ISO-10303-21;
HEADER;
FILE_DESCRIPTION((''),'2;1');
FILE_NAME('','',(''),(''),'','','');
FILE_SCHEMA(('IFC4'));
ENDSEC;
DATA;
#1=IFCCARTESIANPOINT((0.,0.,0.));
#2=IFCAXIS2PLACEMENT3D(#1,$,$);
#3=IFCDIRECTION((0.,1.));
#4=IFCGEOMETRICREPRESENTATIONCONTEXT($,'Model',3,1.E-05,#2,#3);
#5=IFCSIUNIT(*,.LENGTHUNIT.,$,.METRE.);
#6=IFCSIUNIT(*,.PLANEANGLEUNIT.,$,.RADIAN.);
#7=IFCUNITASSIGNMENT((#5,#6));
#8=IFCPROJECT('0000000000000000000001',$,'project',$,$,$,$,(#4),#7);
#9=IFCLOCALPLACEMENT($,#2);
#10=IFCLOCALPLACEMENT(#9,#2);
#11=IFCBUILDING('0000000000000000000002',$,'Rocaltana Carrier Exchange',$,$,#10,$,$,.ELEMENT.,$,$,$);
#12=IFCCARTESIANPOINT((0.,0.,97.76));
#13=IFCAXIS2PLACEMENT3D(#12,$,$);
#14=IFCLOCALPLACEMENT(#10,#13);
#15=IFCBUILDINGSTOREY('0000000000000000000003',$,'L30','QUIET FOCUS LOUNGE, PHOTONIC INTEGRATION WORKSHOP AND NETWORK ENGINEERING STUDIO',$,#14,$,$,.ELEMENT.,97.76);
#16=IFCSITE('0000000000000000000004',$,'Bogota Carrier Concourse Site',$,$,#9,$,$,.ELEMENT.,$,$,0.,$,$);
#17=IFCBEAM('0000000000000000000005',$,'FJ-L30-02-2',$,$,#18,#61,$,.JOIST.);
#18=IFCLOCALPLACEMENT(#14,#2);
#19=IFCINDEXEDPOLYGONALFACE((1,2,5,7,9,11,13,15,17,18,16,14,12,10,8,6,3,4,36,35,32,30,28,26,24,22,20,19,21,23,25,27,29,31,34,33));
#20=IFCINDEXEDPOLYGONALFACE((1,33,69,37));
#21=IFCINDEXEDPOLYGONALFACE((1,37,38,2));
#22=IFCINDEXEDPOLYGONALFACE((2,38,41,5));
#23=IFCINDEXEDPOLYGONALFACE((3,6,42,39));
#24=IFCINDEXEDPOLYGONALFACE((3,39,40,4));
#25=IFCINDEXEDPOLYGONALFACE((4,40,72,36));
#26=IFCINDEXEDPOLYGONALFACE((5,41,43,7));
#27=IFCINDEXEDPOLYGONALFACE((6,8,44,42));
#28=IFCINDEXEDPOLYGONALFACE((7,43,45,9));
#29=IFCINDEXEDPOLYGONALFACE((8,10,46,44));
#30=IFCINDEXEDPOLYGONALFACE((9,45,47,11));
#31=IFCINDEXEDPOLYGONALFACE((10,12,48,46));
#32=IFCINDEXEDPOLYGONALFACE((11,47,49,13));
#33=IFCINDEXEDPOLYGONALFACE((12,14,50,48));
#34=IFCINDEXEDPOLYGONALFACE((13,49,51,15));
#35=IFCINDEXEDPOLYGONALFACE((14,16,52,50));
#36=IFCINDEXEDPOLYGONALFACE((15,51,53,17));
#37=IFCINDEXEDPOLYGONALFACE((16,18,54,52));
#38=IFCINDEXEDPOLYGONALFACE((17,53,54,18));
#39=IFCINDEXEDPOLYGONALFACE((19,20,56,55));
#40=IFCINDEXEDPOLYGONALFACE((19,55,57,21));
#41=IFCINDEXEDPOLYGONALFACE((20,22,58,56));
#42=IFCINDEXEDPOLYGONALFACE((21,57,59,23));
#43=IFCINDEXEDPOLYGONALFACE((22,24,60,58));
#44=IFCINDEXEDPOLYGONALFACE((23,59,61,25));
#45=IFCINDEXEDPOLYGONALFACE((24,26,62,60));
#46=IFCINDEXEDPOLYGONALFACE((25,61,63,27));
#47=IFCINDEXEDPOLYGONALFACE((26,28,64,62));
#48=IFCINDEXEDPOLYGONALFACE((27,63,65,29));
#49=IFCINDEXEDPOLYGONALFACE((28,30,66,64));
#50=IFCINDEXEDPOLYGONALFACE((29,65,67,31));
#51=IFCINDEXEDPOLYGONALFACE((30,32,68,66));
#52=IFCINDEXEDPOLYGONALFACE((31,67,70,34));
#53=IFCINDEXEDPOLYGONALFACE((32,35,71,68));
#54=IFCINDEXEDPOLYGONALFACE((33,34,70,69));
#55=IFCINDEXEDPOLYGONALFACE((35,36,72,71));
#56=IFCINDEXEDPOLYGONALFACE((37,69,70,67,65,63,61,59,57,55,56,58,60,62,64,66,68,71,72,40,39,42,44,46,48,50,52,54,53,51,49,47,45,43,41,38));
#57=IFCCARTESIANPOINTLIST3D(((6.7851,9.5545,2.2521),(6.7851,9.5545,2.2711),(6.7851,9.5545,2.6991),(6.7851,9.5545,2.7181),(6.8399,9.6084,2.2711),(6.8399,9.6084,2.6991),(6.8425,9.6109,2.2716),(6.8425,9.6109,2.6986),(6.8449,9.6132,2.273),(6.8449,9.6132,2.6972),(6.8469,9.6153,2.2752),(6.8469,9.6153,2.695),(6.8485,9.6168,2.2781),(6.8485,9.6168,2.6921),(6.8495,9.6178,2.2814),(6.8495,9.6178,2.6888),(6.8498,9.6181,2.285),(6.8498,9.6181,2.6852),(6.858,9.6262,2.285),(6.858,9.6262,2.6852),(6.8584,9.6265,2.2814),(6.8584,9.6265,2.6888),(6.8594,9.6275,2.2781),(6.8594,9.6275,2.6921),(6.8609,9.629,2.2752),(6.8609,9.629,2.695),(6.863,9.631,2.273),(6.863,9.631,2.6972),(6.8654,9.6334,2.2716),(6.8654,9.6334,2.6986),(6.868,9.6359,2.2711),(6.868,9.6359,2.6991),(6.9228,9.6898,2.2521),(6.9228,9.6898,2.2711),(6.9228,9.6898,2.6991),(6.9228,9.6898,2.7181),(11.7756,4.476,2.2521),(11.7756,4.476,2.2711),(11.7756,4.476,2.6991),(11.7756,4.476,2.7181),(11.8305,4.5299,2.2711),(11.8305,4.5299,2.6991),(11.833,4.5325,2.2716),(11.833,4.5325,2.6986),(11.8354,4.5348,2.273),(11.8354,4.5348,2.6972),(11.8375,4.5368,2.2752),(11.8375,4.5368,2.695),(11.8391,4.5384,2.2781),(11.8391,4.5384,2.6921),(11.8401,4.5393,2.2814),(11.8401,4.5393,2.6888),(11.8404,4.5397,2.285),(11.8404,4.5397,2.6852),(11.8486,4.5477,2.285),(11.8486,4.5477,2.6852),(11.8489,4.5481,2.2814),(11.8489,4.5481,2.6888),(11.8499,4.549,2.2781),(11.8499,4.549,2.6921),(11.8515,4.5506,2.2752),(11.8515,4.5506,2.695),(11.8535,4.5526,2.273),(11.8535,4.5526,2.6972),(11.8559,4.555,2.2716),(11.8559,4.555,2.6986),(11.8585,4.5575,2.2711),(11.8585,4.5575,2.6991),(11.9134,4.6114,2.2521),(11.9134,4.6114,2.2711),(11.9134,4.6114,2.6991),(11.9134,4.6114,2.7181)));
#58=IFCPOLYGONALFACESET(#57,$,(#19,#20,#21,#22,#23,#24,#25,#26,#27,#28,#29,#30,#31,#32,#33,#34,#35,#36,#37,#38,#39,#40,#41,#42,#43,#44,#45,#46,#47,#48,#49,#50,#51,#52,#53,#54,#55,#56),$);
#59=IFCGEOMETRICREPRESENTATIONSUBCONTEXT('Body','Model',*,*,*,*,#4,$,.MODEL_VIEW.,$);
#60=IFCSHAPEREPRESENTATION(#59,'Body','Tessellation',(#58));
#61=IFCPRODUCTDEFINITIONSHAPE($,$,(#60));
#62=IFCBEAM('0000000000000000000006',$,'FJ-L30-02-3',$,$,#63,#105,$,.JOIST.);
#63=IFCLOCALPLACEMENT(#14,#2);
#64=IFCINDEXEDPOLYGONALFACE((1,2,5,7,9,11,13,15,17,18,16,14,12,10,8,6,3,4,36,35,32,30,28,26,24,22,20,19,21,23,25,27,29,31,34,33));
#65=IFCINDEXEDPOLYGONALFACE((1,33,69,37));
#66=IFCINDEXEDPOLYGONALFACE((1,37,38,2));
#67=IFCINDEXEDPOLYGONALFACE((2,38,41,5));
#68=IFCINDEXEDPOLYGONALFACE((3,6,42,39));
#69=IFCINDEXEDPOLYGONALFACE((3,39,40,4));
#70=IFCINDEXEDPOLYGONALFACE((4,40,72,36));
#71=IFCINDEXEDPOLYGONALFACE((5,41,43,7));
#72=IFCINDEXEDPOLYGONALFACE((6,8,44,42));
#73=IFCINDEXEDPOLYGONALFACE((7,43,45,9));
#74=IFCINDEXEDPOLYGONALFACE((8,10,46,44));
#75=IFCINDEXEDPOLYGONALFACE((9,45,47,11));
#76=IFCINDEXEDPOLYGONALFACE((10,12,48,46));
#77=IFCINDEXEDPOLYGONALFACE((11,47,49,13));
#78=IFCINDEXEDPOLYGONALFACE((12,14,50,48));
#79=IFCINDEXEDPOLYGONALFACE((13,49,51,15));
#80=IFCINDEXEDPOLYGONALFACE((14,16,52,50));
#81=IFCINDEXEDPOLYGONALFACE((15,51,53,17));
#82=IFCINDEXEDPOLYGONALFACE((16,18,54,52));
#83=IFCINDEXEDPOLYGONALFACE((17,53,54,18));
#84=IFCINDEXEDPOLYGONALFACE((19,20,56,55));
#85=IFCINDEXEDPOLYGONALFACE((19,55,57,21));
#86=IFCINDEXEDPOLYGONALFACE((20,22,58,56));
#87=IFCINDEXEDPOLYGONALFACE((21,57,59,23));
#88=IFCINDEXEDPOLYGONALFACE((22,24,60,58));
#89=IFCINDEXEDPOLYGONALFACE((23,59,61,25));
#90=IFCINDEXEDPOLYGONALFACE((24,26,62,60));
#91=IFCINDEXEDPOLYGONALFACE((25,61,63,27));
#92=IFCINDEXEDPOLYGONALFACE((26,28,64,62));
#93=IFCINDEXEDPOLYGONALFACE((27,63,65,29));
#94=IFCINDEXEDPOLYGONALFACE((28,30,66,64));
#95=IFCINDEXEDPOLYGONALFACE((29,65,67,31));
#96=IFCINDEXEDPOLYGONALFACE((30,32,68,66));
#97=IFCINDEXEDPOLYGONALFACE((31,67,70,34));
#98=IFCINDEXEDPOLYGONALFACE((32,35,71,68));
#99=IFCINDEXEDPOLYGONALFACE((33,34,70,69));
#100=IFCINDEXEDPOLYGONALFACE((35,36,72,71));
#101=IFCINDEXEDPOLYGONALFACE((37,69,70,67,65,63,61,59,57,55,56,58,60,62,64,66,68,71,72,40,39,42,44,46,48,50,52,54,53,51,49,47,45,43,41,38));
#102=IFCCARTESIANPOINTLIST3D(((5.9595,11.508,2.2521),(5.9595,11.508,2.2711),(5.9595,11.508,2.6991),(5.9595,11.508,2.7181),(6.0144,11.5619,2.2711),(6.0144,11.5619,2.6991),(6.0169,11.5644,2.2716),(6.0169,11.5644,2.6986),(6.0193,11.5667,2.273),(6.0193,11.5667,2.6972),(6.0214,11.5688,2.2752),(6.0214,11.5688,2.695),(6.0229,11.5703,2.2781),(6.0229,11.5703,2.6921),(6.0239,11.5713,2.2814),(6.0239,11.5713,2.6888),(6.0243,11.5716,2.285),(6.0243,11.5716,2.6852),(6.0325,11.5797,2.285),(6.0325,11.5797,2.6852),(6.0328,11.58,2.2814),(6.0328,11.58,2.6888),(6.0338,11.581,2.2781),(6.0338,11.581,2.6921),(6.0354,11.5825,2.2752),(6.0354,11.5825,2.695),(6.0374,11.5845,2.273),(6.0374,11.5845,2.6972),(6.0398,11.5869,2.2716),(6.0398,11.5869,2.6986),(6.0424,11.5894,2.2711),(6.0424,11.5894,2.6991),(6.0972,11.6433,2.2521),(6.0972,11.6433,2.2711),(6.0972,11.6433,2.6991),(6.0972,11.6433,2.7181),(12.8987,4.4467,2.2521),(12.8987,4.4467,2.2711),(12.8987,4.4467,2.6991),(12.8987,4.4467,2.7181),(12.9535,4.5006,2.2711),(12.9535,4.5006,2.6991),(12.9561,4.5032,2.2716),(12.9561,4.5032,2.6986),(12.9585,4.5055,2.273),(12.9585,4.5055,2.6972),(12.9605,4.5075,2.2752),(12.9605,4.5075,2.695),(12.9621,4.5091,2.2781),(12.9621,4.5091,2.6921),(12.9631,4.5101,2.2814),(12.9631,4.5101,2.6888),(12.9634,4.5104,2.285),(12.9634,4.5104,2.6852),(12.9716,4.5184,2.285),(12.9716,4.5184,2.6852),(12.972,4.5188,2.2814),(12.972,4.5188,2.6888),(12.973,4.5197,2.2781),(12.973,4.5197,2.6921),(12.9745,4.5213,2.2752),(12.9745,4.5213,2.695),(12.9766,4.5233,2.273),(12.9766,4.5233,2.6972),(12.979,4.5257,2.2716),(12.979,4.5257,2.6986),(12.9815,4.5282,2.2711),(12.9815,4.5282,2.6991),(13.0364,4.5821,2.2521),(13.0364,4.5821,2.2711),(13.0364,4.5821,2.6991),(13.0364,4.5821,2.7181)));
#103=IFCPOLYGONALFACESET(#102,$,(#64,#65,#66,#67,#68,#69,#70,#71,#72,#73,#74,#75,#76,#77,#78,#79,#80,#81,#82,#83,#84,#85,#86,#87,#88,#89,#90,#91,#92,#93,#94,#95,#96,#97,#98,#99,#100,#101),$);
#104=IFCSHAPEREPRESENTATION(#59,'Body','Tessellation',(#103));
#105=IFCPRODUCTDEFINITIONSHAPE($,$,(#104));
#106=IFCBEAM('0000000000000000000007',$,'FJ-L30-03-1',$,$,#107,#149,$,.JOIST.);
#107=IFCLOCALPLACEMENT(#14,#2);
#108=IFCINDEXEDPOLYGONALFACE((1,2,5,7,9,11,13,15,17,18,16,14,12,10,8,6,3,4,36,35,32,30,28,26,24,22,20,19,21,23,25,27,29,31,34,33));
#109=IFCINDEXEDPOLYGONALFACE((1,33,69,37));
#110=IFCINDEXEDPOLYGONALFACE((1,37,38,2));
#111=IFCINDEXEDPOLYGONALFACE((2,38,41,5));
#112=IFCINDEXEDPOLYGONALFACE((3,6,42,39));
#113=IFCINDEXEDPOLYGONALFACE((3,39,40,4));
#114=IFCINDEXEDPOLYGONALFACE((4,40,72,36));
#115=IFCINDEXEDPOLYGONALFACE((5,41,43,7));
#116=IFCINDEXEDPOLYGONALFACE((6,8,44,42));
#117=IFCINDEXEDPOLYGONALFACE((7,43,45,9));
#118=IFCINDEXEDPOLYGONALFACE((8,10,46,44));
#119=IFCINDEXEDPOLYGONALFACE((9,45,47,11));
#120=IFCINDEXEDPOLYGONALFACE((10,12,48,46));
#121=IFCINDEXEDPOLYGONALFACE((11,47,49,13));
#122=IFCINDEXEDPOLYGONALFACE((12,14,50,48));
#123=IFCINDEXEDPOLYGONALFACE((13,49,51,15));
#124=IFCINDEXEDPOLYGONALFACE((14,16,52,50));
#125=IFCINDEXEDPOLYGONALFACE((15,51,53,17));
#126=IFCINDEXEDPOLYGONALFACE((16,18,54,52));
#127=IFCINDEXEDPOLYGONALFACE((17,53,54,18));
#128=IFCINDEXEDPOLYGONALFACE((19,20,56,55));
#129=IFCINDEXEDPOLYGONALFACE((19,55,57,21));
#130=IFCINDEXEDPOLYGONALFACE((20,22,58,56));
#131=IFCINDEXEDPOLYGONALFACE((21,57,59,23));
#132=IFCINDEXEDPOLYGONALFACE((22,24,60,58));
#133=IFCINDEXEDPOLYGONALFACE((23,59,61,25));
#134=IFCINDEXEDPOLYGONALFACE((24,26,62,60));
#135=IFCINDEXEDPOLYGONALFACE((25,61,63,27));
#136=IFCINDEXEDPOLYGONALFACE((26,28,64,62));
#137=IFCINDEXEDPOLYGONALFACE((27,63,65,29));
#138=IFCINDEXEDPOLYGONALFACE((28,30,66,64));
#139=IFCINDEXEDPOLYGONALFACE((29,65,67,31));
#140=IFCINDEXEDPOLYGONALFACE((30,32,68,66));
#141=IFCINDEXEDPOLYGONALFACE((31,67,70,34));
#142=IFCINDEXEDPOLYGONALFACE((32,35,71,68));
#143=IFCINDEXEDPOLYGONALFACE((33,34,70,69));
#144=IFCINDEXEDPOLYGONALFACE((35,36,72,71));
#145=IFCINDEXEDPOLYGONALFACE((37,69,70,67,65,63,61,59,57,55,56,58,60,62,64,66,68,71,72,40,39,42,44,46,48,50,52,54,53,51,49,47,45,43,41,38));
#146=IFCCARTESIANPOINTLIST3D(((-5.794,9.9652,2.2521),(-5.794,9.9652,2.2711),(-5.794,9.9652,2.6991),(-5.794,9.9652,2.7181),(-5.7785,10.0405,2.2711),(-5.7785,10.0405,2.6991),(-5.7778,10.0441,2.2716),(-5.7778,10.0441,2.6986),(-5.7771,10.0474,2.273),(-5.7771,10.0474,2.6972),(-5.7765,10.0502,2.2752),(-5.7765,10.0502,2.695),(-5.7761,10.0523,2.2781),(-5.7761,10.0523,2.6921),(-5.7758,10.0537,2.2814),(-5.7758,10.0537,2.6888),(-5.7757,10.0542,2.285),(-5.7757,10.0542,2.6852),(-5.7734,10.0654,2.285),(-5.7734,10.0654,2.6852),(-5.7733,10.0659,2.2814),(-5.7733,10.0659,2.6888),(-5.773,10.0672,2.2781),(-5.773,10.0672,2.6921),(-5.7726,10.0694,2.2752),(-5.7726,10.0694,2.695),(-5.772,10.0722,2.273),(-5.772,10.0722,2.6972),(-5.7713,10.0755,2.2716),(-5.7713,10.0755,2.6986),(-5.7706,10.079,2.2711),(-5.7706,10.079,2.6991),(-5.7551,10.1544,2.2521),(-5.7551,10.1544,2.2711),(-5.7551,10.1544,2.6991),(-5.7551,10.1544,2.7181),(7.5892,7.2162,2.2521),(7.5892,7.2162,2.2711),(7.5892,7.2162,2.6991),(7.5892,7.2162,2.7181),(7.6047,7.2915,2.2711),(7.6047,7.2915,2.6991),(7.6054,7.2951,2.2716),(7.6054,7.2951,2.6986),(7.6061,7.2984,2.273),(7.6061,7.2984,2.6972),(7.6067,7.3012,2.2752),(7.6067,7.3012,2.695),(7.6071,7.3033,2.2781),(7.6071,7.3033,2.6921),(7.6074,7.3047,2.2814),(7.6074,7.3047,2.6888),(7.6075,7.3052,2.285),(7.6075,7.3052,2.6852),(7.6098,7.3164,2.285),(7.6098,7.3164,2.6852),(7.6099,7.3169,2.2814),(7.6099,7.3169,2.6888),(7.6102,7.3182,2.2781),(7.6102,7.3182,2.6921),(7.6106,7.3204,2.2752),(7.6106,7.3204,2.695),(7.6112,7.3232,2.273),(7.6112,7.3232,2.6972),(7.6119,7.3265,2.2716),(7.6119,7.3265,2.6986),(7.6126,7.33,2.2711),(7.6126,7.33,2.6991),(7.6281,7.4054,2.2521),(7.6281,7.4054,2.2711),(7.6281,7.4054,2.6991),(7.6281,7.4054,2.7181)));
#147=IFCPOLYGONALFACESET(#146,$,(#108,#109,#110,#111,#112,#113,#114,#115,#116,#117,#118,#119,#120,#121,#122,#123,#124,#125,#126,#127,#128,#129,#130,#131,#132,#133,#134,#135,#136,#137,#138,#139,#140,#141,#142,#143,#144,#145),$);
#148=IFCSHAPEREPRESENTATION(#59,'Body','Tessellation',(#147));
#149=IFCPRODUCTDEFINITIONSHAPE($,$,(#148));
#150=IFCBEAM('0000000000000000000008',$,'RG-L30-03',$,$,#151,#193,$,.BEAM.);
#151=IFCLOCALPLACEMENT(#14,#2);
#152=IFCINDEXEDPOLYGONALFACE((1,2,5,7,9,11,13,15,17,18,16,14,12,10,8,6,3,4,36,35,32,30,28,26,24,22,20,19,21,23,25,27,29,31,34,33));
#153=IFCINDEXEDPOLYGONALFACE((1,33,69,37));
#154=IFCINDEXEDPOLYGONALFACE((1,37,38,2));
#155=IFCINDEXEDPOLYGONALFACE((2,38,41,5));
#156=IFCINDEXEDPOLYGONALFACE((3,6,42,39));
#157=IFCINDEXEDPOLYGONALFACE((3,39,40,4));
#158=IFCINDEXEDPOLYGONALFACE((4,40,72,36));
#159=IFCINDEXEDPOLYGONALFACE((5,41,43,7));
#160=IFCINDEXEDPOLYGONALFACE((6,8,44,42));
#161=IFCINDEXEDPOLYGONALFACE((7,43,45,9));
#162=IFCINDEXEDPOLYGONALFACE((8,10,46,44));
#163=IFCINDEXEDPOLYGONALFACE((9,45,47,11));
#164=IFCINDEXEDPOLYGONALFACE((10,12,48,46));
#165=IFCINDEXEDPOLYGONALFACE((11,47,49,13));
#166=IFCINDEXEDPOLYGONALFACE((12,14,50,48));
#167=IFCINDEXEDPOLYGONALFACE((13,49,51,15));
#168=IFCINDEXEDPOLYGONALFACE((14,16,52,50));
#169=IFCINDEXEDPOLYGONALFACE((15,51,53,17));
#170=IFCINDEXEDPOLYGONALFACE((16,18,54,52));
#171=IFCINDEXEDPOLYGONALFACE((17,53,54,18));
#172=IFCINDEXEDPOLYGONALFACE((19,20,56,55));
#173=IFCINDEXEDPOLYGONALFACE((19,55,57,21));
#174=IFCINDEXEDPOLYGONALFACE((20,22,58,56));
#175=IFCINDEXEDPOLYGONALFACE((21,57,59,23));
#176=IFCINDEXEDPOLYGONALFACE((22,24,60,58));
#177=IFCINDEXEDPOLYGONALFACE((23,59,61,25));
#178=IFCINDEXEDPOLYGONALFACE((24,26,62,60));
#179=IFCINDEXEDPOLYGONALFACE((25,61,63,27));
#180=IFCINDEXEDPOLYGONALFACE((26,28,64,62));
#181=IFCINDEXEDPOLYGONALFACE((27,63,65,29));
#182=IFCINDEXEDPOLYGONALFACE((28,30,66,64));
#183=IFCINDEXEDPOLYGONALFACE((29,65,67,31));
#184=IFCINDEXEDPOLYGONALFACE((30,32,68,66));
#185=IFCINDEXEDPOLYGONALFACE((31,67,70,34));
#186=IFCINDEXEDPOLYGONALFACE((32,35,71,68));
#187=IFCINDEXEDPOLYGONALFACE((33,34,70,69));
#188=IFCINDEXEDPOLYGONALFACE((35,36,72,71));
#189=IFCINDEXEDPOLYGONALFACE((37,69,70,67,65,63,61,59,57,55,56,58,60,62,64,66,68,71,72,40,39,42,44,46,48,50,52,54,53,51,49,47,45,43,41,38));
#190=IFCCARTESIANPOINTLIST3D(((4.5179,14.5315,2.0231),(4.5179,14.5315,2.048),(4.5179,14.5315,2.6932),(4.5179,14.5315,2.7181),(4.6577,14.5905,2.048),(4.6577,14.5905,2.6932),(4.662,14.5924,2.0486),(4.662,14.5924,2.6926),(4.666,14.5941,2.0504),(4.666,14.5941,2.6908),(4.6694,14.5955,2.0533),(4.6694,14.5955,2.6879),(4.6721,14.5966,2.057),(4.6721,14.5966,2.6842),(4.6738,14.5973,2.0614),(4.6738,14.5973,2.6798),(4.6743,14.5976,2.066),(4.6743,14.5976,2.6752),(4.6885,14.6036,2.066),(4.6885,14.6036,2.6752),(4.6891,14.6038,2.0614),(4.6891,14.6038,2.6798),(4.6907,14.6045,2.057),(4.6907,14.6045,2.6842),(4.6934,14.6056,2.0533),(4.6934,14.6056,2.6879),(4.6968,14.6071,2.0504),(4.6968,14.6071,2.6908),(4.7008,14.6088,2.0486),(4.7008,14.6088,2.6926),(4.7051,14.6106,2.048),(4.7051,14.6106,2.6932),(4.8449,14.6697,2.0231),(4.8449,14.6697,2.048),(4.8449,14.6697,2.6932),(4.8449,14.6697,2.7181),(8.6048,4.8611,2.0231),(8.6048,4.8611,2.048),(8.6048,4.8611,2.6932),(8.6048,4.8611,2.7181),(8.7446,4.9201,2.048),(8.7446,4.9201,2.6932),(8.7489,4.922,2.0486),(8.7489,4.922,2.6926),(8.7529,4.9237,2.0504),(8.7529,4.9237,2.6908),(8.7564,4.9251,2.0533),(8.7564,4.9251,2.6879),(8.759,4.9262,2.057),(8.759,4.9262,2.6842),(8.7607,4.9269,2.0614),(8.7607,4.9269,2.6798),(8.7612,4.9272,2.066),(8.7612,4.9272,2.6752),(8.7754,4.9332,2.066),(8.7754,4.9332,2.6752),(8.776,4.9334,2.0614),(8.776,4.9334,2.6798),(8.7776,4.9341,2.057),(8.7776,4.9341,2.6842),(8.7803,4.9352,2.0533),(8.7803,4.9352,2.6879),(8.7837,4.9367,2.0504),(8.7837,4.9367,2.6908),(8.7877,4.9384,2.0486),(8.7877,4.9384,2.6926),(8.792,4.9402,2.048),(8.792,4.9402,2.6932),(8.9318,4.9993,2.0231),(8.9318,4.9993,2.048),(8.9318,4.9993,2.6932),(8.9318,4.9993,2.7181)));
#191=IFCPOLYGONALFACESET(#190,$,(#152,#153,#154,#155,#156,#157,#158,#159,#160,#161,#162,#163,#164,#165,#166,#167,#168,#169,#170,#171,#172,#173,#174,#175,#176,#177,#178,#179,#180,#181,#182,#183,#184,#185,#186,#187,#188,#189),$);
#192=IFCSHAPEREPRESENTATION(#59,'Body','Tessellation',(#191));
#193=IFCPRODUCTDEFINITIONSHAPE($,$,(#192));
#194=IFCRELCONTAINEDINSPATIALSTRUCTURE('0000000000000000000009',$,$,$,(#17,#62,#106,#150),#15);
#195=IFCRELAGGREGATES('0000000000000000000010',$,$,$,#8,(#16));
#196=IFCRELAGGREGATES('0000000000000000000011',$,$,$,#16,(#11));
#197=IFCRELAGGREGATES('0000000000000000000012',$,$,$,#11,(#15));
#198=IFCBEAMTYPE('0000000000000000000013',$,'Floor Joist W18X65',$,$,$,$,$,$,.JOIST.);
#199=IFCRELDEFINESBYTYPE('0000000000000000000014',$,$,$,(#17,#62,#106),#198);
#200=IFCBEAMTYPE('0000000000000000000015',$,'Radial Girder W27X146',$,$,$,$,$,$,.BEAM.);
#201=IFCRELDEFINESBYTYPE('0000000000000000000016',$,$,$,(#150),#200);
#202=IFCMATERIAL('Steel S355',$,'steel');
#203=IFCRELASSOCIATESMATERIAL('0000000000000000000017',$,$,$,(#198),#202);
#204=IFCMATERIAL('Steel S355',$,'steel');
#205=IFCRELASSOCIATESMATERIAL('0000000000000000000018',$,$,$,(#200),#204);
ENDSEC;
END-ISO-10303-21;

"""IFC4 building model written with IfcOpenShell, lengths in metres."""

from ifc_helpers import new_model, si_unit, direction, frame, origin, origin_2d, place, context, subcontext, project, spatial, i_section, extrude, material, material_profile, profile_set, type_object, element, save


model = new_model("IFC4")

# Units and contexts
model_context = context("Model", 3, precision=1e-05, world=origin(), true_north=direction((0.0, 1.0)))
body_context = subcontext(model_context, "Body", "Model", "MODEL_VIEW")
ifc_project = project(units=[si_unit("LENGTHUNIT", "METRE"), si_unit("PLANEANGLEUNIT", "RADIAN")], contexts=[model_context])

# Site, building, storey
site_placement = place(None, origin())
site = spatial("IfcSite", under=ifc_project, at=site_placement, Name="Bogota Carrier Concourse Site", CompositionType="ELEMENT", RefElevation=0.0)
building_placement = place(site_placement, origin())
building = spatial("IfcBuilding", under=site, at=building_placement, Name="Rocaltana Carrier Exchange", CompositionType="ELEMENT")
storey_placement = place(building_placement, frame((0.0, 0.0, 97.76)))
storey = spatial("IfcBuildingStorey", under=building, at=storey_placement, Name="L30", Description="QUIET FOCUS LOUNGE, PHOTONIC INTEGRATION WORKSHOP AND NETWORK ENGINEERING STUDIO", CompositionType="ELEMENT", Elevation=97.76)

# Beams
ifc_material_1 = material(Name="Steel S355", Category="steel")
ifc_material_profile_1 = material_profile(ifc_material_1, i_section(OverallWidth=0.1931, OverallDepth=0.4661, WebThickness=0.0115, FlangeThickness=0.019, FilletRadius=0.0139, at=origin_2d()), Name="W18X65")
ifc_profile_set_1 = profile_set([ifc_material_profile_1], Name="Steel S355")
beam_type_1 = type_object("IfcBeamType", Name="Floor Joist W18X65", PredefinedType="JOIST", material=ifc_profile_set_1)
beam_1_placement = place(storey_placement, frame((11.8445, 4.5437, 2.4851), z_axis=(-0.700908, 0.713252, 0.0), x_axis=(-0.713252, -0.700908, 0.0)))
element("IfcBeam", 1, at=beam_1_placement, inside=storey, type_object=beam_type_1, Name="FJ-L30-02-2", PredefinedType="JOIST", context=body_context, shape_type="SweptSolid", body=[
    extrude(i_section(OverallWidth=0.1931, OverallDepth=0.4661, WebThickness=0.0115, FlangeThickness=0.019, FilletRadius=0.0139, at=origin_2d()), origin(), (0.0, 0.0, 1.0), 7.1201),
])
beam_2_placement = place(storey_placement, frame((12.9675, 4.5144, 2.4851), z_axis=(-0.700915, 0.713245, 0.0), x_axis=(-0.713245, -0.700915, 0.0)))
element("IfcBeam", 2, at=beam_2_placement, inside=storey, type_object=beam_type_1, Name="FJ-L30-02-3", PredefinedType="JOIST", context=body_context, shape_type="SweptSolid", body=[
    extrude(i_section(OverallWidth=0.1931, OverallDepth=0.4661, WebThickness=0.0115, FlangeThickness=0.019, FilletRadius=0.0139, at=origin_2d()), origin(), (0.0, 0.0, 1.0), 9.9001),
])
beam_3_placement = place(storey_placement, frame((7.6086, 7.3108, 2.4851), z_axis=(-0.979549, 0.201206, 0.0), x_axis=(-0.201206, -0.979549, 0.0)))
element("IfcBeam", 3, at=beam_3_placement, inside=storey, type_object=beam_type_1, Name="FJ-L30-03-1", PredefinedType="JOIST", context=body_context, shape_type="SweptSolid", body=[
    extrude(i_section(OverallWidth=0.1931, OverallDepth=0.4661, WebThickness=0.0115, FlangeThickness=0.019, FilletRadius=0.0139, at=origin_2d()), origin(), (0.0, 0.0, 1.0), 13.6626),
])
ifc_material_2 = material(Name="Steel S355", Category="steel")
ifc_material_profile_2 = material_profile(ifc_material_2, i_section(OverallWidth=0.355, OverallDepth=0.6951, WebThickness=0.0154, FlangeThickness=0.0249, FilletRadius=0.0181, at=origin_2d()), Name="W27X146")
ifc_profile_set_2 = profile_set([ifc_material_profile_2], Name="Steel S355")
beam_type_2 = type_object("IfcBeamType", Name="Radial Girder W27X146", PredefinedType="BEAM", material=ifc_profile_set_2)
beam_4_placement = place(storey_placement, frame((8.7683, 4.9302, 2.3706), z_axis=(-0.389283, 0.921118, 0.0), x_axis=(-0.921118, -0.389283, 0.0)))
element("IfcBeam", 4, at=beam_4_placement, inside=storey, type_object=beam_type_2, Name="RG-L30-03", PredefinedType="BEAM", context=body_context, shape_type="SweptSolid", body=[
    extrude(i_section(OverallWidth=0.355, OverallDepth=0.6951, WebThickness=0.0154, FlangeThickness=0.0249, FilletRadius=0.0181, at=origin_2d()), origin(), (0.0, 0.0, 1.0), 10.4985),
])

save(model, "model.ifc")
